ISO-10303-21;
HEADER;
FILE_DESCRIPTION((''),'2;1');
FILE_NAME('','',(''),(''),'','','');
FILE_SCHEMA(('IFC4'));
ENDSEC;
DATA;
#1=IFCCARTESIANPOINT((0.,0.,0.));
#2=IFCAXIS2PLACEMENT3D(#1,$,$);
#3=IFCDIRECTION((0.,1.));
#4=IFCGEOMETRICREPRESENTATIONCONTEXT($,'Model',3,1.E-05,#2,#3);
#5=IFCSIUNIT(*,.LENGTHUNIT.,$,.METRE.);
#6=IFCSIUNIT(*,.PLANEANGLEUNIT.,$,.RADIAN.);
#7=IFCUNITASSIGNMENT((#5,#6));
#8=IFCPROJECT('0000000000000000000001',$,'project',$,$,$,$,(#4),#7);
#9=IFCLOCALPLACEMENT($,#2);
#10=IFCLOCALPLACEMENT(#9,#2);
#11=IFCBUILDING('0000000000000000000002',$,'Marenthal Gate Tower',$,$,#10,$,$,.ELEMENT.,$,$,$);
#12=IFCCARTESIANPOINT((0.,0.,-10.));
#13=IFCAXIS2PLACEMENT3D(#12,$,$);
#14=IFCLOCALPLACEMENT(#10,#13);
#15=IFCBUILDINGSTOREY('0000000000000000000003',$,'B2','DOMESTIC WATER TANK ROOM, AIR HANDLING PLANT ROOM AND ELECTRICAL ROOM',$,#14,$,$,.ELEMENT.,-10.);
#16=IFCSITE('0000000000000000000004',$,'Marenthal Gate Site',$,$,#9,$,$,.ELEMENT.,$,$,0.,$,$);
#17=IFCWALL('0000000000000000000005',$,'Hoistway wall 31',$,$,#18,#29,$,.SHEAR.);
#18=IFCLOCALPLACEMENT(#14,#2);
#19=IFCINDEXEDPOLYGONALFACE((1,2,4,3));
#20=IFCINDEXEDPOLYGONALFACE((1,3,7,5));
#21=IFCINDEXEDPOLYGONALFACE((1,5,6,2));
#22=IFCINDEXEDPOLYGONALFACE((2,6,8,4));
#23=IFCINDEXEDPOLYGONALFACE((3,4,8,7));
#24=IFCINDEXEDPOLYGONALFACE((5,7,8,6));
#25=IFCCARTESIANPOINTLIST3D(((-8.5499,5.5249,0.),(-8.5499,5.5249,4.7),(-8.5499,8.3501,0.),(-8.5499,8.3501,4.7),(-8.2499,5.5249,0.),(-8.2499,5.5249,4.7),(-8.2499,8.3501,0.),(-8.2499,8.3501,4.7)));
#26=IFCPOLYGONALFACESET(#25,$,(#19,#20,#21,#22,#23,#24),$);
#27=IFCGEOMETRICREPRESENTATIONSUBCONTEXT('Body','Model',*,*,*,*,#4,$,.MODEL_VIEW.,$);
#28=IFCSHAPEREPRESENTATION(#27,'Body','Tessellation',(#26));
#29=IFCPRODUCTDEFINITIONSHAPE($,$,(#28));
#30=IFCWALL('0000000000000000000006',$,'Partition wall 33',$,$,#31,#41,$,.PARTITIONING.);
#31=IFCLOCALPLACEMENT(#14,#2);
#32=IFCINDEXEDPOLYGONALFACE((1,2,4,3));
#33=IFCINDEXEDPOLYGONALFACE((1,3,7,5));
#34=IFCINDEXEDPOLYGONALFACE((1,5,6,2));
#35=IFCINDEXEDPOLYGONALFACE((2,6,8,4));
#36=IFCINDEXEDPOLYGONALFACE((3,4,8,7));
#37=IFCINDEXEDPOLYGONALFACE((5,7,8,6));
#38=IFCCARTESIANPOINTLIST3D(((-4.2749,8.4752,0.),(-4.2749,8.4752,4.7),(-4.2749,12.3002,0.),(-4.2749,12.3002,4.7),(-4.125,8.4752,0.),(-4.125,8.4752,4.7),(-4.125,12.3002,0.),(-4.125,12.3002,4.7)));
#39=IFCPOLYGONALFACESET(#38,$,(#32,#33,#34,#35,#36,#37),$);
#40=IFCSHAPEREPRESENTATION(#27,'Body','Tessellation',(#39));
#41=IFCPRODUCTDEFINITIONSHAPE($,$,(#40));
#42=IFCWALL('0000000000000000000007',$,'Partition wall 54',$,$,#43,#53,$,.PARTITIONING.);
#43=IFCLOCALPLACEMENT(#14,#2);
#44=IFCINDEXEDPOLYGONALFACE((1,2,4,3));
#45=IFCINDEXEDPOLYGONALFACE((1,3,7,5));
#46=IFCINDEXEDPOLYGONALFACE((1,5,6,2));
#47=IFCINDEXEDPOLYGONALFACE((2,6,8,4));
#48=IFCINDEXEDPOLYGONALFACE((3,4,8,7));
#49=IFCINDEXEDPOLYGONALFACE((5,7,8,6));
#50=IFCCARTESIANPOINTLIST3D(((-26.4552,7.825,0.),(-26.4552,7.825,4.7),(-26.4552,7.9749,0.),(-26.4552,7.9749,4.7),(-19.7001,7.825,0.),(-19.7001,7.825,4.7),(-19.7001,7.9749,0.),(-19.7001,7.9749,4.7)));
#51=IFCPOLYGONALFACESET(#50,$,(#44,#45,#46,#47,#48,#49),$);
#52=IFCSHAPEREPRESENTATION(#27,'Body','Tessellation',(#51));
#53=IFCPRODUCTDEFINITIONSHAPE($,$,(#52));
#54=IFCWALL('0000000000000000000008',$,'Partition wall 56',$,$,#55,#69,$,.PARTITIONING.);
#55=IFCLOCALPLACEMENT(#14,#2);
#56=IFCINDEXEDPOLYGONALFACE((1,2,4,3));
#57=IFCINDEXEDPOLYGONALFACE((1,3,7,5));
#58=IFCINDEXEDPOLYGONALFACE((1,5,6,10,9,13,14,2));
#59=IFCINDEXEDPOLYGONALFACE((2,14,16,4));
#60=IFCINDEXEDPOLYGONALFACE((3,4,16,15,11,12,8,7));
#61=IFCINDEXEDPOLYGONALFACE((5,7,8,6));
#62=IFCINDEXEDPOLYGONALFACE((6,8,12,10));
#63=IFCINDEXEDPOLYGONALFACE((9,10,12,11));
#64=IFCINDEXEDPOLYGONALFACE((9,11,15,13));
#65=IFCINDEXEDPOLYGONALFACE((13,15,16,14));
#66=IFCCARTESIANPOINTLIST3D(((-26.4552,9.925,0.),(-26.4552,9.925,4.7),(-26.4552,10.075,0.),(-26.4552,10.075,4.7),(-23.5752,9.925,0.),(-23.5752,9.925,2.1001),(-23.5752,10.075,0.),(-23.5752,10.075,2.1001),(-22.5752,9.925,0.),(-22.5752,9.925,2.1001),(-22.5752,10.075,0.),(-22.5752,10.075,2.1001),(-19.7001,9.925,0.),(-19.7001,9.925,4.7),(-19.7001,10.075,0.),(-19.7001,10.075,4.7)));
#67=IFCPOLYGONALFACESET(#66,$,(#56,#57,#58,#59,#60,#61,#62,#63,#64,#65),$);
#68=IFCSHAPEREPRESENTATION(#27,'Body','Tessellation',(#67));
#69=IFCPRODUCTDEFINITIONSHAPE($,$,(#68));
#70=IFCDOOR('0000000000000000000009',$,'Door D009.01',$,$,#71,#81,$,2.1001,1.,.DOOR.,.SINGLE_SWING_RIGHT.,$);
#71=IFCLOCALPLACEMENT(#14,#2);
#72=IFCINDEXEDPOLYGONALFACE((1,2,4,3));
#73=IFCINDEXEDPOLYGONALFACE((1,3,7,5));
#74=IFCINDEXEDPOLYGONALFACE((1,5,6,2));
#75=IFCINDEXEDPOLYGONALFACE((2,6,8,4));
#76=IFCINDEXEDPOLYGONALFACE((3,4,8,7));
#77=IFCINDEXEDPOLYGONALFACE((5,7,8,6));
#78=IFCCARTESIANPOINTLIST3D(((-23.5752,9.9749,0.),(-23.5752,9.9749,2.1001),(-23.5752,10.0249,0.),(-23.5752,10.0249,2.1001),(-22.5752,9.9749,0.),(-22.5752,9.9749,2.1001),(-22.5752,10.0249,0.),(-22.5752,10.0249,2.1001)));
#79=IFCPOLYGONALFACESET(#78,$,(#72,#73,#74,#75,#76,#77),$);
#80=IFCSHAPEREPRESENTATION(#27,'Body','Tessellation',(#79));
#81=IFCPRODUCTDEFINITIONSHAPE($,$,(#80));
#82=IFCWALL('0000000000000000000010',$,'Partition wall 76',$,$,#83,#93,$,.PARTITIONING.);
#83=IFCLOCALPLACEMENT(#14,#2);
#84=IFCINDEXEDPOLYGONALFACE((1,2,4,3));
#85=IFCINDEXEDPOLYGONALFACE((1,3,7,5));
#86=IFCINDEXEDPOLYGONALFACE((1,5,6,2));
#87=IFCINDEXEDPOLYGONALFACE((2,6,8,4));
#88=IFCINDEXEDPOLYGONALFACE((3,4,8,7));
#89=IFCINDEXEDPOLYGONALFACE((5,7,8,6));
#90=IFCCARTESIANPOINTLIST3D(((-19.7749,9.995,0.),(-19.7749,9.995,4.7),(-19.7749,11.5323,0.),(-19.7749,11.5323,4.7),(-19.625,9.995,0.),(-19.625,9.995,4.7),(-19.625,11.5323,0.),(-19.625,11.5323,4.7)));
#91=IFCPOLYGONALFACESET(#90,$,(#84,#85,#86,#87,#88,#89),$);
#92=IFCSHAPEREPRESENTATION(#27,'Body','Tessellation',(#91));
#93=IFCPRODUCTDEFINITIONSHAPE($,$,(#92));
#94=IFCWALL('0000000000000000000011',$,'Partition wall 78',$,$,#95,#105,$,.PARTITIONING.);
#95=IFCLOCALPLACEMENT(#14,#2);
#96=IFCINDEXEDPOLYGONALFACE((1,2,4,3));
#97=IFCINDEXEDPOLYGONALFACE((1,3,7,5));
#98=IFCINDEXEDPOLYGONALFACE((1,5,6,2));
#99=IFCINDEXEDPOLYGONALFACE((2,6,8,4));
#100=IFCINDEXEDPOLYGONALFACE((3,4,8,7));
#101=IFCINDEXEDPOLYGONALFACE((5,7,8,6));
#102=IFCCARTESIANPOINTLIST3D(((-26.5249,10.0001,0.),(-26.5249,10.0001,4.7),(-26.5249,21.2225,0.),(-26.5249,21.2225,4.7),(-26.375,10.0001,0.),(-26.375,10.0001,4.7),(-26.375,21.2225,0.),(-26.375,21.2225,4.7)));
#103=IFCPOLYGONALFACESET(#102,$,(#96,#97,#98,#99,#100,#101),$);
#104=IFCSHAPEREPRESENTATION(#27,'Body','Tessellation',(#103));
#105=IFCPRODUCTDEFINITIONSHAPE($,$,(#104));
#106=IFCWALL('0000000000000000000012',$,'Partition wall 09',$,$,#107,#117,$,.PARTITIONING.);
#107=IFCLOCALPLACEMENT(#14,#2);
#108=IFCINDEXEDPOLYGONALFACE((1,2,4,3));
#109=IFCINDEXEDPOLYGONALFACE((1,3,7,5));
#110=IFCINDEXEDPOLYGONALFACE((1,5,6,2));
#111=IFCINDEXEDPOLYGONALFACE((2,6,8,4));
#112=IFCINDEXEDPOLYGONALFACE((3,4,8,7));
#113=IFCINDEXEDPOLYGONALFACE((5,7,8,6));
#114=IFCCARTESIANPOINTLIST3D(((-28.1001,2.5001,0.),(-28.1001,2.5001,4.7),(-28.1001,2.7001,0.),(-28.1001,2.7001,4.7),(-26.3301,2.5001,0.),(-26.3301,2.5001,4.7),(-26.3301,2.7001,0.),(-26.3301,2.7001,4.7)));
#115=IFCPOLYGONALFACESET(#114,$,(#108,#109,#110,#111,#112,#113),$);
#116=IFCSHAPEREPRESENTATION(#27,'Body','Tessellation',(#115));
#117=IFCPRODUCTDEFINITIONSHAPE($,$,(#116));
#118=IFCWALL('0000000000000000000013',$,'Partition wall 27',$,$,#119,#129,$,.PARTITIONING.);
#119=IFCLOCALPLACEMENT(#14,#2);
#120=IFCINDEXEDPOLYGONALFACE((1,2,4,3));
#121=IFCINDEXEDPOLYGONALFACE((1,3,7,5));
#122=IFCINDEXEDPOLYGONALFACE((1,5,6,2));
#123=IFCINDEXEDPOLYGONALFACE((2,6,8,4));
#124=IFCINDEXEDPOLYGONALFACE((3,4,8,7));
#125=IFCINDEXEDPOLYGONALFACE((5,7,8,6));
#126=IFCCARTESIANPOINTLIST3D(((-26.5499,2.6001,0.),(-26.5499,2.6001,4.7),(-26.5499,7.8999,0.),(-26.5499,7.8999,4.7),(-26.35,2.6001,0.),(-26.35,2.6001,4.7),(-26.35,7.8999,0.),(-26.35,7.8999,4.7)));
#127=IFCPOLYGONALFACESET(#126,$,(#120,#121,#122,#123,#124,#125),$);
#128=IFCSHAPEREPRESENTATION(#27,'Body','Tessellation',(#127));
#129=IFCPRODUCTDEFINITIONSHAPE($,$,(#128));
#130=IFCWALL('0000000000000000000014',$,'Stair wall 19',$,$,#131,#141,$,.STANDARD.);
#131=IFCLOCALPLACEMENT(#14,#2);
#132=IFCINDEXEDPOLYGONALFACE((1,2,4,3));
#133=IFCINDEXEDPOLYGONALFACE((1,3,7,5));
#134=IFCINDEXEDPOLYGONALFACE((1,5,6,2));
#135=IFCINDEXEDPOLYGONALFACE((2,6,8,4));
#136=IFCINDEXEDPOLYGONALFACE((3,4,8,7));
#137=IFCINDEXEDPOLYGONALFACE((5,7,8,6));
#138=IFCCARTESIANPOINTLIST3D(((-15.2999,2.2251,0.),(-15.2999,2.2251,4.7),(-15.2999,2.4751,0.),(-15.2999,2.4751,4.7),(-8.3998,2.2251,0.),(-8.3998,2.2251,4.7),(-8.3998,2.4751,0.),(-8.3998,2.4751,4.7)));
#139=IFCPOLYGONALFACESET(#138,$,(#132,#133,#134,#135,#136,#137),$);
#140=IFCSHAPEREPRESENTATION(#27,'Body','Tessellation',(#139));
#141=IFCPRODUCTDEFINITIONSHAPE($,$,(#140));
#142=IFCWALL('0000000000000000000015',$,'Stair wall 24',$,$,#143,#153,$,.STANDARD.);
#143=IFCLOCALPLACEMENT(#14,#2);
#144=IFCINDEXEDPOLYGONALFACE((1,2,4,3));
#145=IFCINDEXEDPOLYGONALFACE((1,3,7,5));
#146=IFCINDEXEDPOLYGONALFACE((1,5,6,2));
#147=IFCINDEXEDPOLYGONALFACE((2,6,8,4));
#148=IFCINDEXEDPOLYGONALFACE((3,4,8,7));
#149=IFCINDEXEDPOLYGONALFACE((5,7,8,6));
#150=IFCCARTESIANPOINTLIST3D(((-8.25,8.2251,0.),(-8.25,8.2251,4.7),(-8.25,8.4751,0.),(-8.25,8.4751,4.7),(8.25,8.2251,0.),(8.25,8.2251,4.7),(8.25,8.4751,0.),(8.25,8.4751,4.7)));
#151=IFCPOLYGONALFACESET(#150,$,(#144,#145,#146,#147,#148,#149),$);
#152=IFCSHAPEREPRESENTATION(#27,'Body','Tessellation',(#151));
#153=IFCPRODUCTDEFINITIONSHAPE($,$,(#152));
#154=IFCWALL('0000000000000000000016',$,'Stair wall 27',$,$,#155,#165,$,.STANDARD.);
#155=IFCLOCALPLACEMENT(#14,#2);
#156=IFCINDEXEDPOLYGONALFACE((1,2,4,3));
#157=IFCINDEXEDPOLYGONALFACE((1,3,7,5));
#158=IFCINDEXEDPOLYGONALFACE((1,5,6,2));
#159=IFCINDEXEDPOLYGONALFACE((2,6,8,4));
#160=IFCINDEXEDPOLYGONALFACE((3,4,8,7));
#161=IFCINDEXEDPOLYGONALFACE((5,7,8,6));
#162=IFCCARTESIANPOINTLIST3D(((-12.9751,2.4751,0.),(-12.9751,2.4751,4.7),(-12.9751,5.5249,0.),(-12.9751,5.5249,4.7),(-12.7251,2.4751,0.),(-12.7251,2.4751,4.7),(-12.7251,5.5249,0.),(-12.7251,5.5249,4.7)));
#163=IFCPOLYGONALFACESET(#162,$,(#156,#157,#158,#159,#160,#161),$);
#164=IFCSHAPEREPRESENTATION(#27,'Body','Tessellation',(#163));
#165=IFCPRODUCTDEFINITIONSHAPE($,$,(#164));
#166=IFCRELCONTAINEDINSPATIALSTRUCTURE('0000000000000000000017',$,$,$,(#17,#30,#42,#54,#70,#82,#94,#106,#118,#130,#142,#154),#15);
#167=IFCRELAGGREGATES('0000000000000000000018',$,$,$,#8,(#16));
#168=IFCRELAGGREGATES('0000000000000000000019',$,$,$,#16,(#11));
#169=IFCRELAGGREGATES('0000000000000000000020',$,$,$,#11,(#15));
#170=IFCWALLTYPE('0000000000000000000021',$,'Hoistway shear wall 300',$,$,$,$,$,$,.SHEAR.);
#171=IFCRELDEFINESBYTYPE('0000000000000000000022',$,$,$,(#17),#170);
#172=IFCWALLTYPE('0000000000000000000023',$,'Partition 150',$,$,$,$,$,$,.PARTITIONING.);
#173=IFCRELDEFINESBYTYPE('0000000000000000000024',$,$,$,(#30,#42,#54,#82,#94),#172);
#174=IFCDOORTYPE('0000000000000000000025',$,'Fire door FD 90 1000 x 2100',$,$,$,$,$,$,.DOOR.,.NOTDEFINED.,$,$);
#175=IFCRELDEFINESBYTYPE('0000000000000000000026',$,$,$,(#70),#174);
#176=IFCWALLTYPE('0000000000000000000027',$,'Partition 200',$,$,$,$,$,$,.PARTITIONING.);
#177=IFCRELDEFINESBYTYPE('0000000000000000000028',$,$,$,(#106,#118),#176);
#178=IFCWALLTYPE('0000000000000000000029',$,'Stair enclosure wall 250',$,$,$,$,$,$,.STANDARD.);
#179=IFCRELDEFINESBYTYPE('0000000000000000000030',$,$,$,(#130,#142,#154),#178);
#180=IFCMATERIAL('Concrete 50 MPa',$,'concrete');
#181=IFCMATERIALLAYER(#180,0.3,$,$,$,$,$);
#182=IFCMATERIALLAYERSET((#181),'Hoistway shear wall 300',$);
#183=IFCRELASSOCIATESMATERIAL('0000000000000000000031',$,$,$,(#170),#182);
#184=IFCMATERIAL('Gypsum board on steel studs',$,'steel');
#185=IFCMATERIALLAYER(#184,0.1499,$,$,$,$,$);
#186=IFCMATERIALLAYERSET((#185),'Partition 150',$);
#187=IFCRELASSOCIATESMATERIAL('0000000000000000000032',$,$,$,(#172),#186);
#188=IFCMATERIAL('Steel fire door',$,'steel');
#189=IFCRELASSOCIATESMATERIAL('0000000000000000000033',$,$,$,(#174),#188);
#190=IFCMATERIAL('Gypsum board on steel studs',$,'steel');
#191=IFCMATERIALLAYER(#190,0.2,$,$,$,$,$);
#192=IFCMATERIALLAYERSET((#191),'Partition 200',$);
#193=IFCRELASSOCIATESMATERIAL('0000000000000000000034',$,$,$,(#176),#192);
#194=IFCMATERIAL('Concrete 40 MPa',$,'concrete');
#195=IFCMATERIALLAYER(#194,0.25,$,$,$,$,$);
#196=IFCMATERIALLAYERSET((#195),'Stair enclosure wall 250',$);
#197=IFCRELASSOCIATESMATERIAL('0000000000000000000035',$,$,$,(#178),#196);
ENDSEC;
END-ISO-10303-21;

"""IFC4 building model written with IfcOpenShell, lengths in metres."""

from ifc_helpers import new_model, si_unit, direction, frame, frame_2d, origin, place, context, subcontext, project, spatial, rectangle, extrude, material, layer, layer_set, type_object, element, fill, save


model = new_model("IFC4")

# Units and contexts
model_context = context("Model", 3, precision=1e-05, world=origin(), true_north=direction((0.0, 1.0)))
body_context = subcontext(model_context, "Body", "Model", "MODEL_VIEW")
ifc_project = project(units=[si_unit("LENGTHUNIT", "METRE"), si_unit("PLANEANGLEUNIT", "RADIAN")], contexts=[model_context])

# Site, building, storey
site_placement = place(None, origin())
site = spatial("IfcSite", under=ifc_project, at=site_placement, Name="Marenthal Gate Site", CompositionType="ELEMENT", RefElevation=0.0)
building_placement = place(site_placement, origin())
building = spatial("IfcBuilding", under=site, at=building_placement, Name="Marenthal Gate Tower", CompositionType="ELEMENT")
storey_placement = place(building_placement, frame((0.0, 0.0, -10.0)))
storey = spatial("IfcBuildingStorey", under=building, at=storey_placement, Name="B2", Description="DOMESTIC WATER TANK ROOM, AIR HANDLING PLANT ROOM AND ELECTRICAL ROOM", CompositionType="ELEMENT", Elevation=-10.0)

# Walls
ifc_material_1 = material(Name="Concrete 50 MPa", Category="concrete")
ifc_layer_1 = layer(ifc_material_1, 0.3)
ifc_layer_set_1 = layer_set([ifc_layer_1], Name="Hoistway shear wall 300")
wall_type_1 = type_object("IfcWallType", Name="Hoistway shear wall 300", PredefinedType="SHEAR", material=ifc_layer_set_1)
wall_1_placement = place(storey_placement, frame((-8.3999, 5.5249, 0.0), z_axis=(0.0, 0.0, 1.0), x_axis=(0.0, 1.0, 0.0)))
element("IfcWall", 1, at=wall_1_placement, inside=storey, type_object=wall_type_1, Name="Hoistway wall 31", PredefinedType="SHEAR", context=body_context, shape_type="SweptSolid", body=[
    extrude(rectangle(XDim=2.8252, YDim=0.3, at=frame_2d((1.4126, 0.0))), origin(), (0.0, 0.0, 1.0), 4.7),
])
ifc_material_2 = material(Name="Gypsum board on steel studs", Category="steel")
ifc_layer_2 = layer(ifc_material_2, 0.1499)
ifc_layer_set_2 = layer_set([ifc_layer_2], Name="Partition 150")
wall_type_2 = type_object("IfcWallType", Name="Partition 150", PredefinedType="PARTITIONING", material=ifc_layer_set_2)
wall_2_placement = place(storey_placement, frame((-4.2, 8.4751, 0.0), z_axis=(0.0, 0.0, 1.0), x_axis=(0.0, 1.0, 0.0)))
element("IfcWall", 2, at=wall_2_placement, inside=storey, type_object=wall_type_2, Name="Partition wall 33", PredefinedType="PARTITIONING", context=body_context, shape_type="SweptSolid", body=[
    extrude(rectangle(XDim=3.825, YDim=0.1499, at=frame_2d((1.9126, 0.0))), origin(), (0.0, 0.0, 1.0), 4.7),
])
wall_3_placement = place(storey_placement, frame((-26.4551, 7.8999, 0.0), z_axis=(0.0, 0.0, 1.0), x_axis=(1.0, 0.0, 0.0)))
element("IfcWall", 3, at=wall_3_placement, inside=storey, type_object=wall_type_2, Name="Partition wall 54", PredefinedType="PARTITIONING", context=body_context, shape_type="SweptSolid", body=[
    extrude(rectangle(XDim=6.7551, YDim=0.1499, at=frame_2d((3.3774, 0.0))), origin(), (0.0, 0.0, 1.0), 4.7),
])

# Wall, opening, door
wall_4_placement = place(storey_placement, frame((-26.4551, 10.0, 0.0), z_axis=(0.0, 0.0, 1.0), x_axis=(1.0, 0.0, 0.0)))
wall_4 = element("IfcWall", 4, at=wall_4_placement, inside=storey, type_object=wall_type_2, Name="Partition wall 56", PredefinedType="PARTITIONING", context=body_context, shape_type="SweptSolid", body=[
    extrude(rectangle(XDim=6.7551, YDim=0.1499, at=frame_2d((3.3774, 0.0))), origin(), (0.0, 0.0, 1.0), 4.7),
])
opening_1_placement = place(wall_4_placement, frame((2.8799, 0.0, 0.0)))
opening_1 = element("IfcOpeningElement", 5, at=opening_1_placement, cuts=wall_4, PredefinedType="OPENING", context=body_context, shape_type="SweptSolid", body=[
    extrude(rectangle(XDim=1.0, YDim=2.1001, at=frame_2d((0.5, 1.05))), frame((0.0, 0.085, 0.0), z_axis=(0.0, -1.0, 0.0), x_axis=(1.0, 0.0, 0.0)), (0.0, 0.0, 1.0), 0.1699),
])
ifc_material_3 = material(Name="Steel fire door", Category="steel")
door_type_1 = type_object("IfcDoorType", Name="Fire door FD 90 1000 x 2100", OperationType="NOTDEFINED", PredefinedType="DOOR", material=ifc_material_3)
door_1_placement = place(opening_1_placement, origin())
door_1 = element("IfcDoor", 6, at=door_1_placement, inside=storey, type_object=door_type_1, Name="Door D009.01", OperationType="SINGLE_SWING_RIGHT", OverallHeight=2.1001, OverallWidth=1.0, PredefinedType="DOOR", context=body_context, shape_type="SweptSolid", body=[
    extrude(rectangle(XDim=1.0, YDim=2.1001, at=frame_2d((0.5, 1.05))), frame((0.0, 0.0249, 0.0), z_axis=(0.0, -1.0, 0.0), x_axis=(1.0, 0.0, 0.0)), (0.0, 0.0, 1.0), 0.05),
])
fill(opening_1, door_1)

# Walls
wall_5_placement = place(storey_placement, frame((-19.7, 9.9951, 0.0), z_axis=(0.0, 0.0, 1.0), x_axis=(0.0, 1.0, 0.0)))
element("IfcWall", 7, at=wall_5_placement, inside=storey, type_object=wall_type_2, Name="Partition wall 76", PredefinedType="PARTITIONING", context=body_context, shape_type="SweptSolid", body=[
    extrude(rectangle(XDim=1.5374, YDim=0.1499, at=frame_2d((0.7686, 0.0))), origin(), (0.0, 0.0, 1.0), 4.7),
])
wall_6_placement = place(storey_placement, frame((-26.45, 10.0, 0.0), z_axis=(0.0, 0.0, 1.0), x_axis=(0.0, 1.0, 0.0)))
element("IfcWall", 8, at=wall_6_placement, inside=storey, type_object=wall_type_2, Name="Partition wall 78", PredefinedType="PARTITIONING", context=body_context, shape_type="SweptSolid", body=[
    extrude(rectangle(XDim=11.2224, YDim=0.1499, at=frame_2d((5.6113, 0.0))), origin(), (0.0, 0.0, 1.0), 4.7),
])
ifc_material_4 = material(Name="Gypsum board on steel studs", Category="steel")
ifc_layer_3 = layer(ifc_material_4, 0.2)
ifc_layer_set_3 = layer_set([ifc_layer_3], Name="Partition 200")
wall_type_3 = type_object("IfcWallType", Name="Partition 200", PredefinedType="PARTITIONING", material=ifc_layer_set_3)
wall_7_placement = place(storey_placement, frame((-28.1001, 2.6001, 0.0), z_axis=(0.0, 0.0, 1.0), x_axis=(1.0, 0.0, 0.0)))
element("IfcWall", 9, at=wall_7_placement, inside=storey, type_object=wall_type_3, Name="Partition wall 09", PredefinedType="PARTITIONING", context=body_context, shape_type="SweptSolid", body=[
    extrude(rectangle(XDim=1.77, YDim=0.2, at=frame_2d((0.885, 0.0))), origin(), (0.0, 0.0, 1.0), 4.7),
])
wall_8_placement = place(storey_placement, frame((-26.45, 2.6001, 0.0), z_axis=(0.0, 0.0, 1.0), x_axis=(0.0, 1.0, 0.0)))
element("IfcWall", 10, at=wall_8_placement, inside=storey, type_object=wall_type_3, Name="Partition wall 27", PredefinedType="PARTITIONING", context=body_context, shape_type="SweptSolid", body=[
    extrude(rectangle(XDim=5.2998, YDim=0.2, at=frame_2d((2.6499, 0.0))), origin(), (0.0, 0.0, 1.0), 4.7),
])
ifc_material_5 = material(Name="Concrete 40 MPa", Category="concrete")
ifc_layer_4 = layer(ifc_material_5, 0.25)
ifc_layer_set_4 = layer_set([ifc_layer_4], Name="Stair enclosure wall 250")
wall_type_4 = type_object("IfcWallType", Name="Stair enclosure wall 250", PredefinedType="STANDARD", material=ifc_layer_set_4)
wall_9_placement = place(storey_placement, frame((-15.3, 2.3501, 0.0), z_axis=(0.0, 0.0, 1.0), x_axis=(1.0, 0.0, 0.0)))
element("IfcWall", 11, at=wall_9_placement, inside=storey, type_object=wall_type_4, Name="Stair wall 19", PredefinedType="STANDARD", context=body_context, shape_type="SweptSolid", body=[
    extrude(rectangle(XDim=6.9001, YDim=0.25, at=frame_2d((3.4502, 0.0))), origin(), (0.0, 0.0, 1.0), 4.7),
])
wall_10_placement = place(storey_placement, frame((-8.25, 8.3501, 0.0), z_axis=(0.0, 0.0, 1.0), x_axis=(1.0, 0.0, 0.0)))
element("IfcWall", 12, at=wall_10_placement, inside=storey, type_object=wall_type_4, Name="Stair wall 24", PredefinedType="STANDARD", context=body_context, shape_type="SweptSolid", body=[
    extrude(rectangle(XDim=16.5, YDim=0.25, at=frame_2d((8.25, 0.0))), origin(), (0.0, 0.0, 1.0), 4.7),
])
wall_11_placement = place(storey_placement, frame((-12.8501, 2.4751, 0.0), z_axis=(0.0, 0.0, 1.0), x_axis=(0.0, 1.0, 0.0)))
element("IfcWall", 13, at=wall_11_placement, inside=storey, type_object=wall_type_4, Name="Stair wall 27", PredefinedType="STANDARD", context=body_context, shape_type="SweptSolid", body=[
    extrude(rectangle(XDim=3.0498, YDim=0.25, at=frame_2d((1.5249, 0.0))), origin(), (0.0, 0.0, 1.0), 4.7),
])

save(model, "model.ifc")
